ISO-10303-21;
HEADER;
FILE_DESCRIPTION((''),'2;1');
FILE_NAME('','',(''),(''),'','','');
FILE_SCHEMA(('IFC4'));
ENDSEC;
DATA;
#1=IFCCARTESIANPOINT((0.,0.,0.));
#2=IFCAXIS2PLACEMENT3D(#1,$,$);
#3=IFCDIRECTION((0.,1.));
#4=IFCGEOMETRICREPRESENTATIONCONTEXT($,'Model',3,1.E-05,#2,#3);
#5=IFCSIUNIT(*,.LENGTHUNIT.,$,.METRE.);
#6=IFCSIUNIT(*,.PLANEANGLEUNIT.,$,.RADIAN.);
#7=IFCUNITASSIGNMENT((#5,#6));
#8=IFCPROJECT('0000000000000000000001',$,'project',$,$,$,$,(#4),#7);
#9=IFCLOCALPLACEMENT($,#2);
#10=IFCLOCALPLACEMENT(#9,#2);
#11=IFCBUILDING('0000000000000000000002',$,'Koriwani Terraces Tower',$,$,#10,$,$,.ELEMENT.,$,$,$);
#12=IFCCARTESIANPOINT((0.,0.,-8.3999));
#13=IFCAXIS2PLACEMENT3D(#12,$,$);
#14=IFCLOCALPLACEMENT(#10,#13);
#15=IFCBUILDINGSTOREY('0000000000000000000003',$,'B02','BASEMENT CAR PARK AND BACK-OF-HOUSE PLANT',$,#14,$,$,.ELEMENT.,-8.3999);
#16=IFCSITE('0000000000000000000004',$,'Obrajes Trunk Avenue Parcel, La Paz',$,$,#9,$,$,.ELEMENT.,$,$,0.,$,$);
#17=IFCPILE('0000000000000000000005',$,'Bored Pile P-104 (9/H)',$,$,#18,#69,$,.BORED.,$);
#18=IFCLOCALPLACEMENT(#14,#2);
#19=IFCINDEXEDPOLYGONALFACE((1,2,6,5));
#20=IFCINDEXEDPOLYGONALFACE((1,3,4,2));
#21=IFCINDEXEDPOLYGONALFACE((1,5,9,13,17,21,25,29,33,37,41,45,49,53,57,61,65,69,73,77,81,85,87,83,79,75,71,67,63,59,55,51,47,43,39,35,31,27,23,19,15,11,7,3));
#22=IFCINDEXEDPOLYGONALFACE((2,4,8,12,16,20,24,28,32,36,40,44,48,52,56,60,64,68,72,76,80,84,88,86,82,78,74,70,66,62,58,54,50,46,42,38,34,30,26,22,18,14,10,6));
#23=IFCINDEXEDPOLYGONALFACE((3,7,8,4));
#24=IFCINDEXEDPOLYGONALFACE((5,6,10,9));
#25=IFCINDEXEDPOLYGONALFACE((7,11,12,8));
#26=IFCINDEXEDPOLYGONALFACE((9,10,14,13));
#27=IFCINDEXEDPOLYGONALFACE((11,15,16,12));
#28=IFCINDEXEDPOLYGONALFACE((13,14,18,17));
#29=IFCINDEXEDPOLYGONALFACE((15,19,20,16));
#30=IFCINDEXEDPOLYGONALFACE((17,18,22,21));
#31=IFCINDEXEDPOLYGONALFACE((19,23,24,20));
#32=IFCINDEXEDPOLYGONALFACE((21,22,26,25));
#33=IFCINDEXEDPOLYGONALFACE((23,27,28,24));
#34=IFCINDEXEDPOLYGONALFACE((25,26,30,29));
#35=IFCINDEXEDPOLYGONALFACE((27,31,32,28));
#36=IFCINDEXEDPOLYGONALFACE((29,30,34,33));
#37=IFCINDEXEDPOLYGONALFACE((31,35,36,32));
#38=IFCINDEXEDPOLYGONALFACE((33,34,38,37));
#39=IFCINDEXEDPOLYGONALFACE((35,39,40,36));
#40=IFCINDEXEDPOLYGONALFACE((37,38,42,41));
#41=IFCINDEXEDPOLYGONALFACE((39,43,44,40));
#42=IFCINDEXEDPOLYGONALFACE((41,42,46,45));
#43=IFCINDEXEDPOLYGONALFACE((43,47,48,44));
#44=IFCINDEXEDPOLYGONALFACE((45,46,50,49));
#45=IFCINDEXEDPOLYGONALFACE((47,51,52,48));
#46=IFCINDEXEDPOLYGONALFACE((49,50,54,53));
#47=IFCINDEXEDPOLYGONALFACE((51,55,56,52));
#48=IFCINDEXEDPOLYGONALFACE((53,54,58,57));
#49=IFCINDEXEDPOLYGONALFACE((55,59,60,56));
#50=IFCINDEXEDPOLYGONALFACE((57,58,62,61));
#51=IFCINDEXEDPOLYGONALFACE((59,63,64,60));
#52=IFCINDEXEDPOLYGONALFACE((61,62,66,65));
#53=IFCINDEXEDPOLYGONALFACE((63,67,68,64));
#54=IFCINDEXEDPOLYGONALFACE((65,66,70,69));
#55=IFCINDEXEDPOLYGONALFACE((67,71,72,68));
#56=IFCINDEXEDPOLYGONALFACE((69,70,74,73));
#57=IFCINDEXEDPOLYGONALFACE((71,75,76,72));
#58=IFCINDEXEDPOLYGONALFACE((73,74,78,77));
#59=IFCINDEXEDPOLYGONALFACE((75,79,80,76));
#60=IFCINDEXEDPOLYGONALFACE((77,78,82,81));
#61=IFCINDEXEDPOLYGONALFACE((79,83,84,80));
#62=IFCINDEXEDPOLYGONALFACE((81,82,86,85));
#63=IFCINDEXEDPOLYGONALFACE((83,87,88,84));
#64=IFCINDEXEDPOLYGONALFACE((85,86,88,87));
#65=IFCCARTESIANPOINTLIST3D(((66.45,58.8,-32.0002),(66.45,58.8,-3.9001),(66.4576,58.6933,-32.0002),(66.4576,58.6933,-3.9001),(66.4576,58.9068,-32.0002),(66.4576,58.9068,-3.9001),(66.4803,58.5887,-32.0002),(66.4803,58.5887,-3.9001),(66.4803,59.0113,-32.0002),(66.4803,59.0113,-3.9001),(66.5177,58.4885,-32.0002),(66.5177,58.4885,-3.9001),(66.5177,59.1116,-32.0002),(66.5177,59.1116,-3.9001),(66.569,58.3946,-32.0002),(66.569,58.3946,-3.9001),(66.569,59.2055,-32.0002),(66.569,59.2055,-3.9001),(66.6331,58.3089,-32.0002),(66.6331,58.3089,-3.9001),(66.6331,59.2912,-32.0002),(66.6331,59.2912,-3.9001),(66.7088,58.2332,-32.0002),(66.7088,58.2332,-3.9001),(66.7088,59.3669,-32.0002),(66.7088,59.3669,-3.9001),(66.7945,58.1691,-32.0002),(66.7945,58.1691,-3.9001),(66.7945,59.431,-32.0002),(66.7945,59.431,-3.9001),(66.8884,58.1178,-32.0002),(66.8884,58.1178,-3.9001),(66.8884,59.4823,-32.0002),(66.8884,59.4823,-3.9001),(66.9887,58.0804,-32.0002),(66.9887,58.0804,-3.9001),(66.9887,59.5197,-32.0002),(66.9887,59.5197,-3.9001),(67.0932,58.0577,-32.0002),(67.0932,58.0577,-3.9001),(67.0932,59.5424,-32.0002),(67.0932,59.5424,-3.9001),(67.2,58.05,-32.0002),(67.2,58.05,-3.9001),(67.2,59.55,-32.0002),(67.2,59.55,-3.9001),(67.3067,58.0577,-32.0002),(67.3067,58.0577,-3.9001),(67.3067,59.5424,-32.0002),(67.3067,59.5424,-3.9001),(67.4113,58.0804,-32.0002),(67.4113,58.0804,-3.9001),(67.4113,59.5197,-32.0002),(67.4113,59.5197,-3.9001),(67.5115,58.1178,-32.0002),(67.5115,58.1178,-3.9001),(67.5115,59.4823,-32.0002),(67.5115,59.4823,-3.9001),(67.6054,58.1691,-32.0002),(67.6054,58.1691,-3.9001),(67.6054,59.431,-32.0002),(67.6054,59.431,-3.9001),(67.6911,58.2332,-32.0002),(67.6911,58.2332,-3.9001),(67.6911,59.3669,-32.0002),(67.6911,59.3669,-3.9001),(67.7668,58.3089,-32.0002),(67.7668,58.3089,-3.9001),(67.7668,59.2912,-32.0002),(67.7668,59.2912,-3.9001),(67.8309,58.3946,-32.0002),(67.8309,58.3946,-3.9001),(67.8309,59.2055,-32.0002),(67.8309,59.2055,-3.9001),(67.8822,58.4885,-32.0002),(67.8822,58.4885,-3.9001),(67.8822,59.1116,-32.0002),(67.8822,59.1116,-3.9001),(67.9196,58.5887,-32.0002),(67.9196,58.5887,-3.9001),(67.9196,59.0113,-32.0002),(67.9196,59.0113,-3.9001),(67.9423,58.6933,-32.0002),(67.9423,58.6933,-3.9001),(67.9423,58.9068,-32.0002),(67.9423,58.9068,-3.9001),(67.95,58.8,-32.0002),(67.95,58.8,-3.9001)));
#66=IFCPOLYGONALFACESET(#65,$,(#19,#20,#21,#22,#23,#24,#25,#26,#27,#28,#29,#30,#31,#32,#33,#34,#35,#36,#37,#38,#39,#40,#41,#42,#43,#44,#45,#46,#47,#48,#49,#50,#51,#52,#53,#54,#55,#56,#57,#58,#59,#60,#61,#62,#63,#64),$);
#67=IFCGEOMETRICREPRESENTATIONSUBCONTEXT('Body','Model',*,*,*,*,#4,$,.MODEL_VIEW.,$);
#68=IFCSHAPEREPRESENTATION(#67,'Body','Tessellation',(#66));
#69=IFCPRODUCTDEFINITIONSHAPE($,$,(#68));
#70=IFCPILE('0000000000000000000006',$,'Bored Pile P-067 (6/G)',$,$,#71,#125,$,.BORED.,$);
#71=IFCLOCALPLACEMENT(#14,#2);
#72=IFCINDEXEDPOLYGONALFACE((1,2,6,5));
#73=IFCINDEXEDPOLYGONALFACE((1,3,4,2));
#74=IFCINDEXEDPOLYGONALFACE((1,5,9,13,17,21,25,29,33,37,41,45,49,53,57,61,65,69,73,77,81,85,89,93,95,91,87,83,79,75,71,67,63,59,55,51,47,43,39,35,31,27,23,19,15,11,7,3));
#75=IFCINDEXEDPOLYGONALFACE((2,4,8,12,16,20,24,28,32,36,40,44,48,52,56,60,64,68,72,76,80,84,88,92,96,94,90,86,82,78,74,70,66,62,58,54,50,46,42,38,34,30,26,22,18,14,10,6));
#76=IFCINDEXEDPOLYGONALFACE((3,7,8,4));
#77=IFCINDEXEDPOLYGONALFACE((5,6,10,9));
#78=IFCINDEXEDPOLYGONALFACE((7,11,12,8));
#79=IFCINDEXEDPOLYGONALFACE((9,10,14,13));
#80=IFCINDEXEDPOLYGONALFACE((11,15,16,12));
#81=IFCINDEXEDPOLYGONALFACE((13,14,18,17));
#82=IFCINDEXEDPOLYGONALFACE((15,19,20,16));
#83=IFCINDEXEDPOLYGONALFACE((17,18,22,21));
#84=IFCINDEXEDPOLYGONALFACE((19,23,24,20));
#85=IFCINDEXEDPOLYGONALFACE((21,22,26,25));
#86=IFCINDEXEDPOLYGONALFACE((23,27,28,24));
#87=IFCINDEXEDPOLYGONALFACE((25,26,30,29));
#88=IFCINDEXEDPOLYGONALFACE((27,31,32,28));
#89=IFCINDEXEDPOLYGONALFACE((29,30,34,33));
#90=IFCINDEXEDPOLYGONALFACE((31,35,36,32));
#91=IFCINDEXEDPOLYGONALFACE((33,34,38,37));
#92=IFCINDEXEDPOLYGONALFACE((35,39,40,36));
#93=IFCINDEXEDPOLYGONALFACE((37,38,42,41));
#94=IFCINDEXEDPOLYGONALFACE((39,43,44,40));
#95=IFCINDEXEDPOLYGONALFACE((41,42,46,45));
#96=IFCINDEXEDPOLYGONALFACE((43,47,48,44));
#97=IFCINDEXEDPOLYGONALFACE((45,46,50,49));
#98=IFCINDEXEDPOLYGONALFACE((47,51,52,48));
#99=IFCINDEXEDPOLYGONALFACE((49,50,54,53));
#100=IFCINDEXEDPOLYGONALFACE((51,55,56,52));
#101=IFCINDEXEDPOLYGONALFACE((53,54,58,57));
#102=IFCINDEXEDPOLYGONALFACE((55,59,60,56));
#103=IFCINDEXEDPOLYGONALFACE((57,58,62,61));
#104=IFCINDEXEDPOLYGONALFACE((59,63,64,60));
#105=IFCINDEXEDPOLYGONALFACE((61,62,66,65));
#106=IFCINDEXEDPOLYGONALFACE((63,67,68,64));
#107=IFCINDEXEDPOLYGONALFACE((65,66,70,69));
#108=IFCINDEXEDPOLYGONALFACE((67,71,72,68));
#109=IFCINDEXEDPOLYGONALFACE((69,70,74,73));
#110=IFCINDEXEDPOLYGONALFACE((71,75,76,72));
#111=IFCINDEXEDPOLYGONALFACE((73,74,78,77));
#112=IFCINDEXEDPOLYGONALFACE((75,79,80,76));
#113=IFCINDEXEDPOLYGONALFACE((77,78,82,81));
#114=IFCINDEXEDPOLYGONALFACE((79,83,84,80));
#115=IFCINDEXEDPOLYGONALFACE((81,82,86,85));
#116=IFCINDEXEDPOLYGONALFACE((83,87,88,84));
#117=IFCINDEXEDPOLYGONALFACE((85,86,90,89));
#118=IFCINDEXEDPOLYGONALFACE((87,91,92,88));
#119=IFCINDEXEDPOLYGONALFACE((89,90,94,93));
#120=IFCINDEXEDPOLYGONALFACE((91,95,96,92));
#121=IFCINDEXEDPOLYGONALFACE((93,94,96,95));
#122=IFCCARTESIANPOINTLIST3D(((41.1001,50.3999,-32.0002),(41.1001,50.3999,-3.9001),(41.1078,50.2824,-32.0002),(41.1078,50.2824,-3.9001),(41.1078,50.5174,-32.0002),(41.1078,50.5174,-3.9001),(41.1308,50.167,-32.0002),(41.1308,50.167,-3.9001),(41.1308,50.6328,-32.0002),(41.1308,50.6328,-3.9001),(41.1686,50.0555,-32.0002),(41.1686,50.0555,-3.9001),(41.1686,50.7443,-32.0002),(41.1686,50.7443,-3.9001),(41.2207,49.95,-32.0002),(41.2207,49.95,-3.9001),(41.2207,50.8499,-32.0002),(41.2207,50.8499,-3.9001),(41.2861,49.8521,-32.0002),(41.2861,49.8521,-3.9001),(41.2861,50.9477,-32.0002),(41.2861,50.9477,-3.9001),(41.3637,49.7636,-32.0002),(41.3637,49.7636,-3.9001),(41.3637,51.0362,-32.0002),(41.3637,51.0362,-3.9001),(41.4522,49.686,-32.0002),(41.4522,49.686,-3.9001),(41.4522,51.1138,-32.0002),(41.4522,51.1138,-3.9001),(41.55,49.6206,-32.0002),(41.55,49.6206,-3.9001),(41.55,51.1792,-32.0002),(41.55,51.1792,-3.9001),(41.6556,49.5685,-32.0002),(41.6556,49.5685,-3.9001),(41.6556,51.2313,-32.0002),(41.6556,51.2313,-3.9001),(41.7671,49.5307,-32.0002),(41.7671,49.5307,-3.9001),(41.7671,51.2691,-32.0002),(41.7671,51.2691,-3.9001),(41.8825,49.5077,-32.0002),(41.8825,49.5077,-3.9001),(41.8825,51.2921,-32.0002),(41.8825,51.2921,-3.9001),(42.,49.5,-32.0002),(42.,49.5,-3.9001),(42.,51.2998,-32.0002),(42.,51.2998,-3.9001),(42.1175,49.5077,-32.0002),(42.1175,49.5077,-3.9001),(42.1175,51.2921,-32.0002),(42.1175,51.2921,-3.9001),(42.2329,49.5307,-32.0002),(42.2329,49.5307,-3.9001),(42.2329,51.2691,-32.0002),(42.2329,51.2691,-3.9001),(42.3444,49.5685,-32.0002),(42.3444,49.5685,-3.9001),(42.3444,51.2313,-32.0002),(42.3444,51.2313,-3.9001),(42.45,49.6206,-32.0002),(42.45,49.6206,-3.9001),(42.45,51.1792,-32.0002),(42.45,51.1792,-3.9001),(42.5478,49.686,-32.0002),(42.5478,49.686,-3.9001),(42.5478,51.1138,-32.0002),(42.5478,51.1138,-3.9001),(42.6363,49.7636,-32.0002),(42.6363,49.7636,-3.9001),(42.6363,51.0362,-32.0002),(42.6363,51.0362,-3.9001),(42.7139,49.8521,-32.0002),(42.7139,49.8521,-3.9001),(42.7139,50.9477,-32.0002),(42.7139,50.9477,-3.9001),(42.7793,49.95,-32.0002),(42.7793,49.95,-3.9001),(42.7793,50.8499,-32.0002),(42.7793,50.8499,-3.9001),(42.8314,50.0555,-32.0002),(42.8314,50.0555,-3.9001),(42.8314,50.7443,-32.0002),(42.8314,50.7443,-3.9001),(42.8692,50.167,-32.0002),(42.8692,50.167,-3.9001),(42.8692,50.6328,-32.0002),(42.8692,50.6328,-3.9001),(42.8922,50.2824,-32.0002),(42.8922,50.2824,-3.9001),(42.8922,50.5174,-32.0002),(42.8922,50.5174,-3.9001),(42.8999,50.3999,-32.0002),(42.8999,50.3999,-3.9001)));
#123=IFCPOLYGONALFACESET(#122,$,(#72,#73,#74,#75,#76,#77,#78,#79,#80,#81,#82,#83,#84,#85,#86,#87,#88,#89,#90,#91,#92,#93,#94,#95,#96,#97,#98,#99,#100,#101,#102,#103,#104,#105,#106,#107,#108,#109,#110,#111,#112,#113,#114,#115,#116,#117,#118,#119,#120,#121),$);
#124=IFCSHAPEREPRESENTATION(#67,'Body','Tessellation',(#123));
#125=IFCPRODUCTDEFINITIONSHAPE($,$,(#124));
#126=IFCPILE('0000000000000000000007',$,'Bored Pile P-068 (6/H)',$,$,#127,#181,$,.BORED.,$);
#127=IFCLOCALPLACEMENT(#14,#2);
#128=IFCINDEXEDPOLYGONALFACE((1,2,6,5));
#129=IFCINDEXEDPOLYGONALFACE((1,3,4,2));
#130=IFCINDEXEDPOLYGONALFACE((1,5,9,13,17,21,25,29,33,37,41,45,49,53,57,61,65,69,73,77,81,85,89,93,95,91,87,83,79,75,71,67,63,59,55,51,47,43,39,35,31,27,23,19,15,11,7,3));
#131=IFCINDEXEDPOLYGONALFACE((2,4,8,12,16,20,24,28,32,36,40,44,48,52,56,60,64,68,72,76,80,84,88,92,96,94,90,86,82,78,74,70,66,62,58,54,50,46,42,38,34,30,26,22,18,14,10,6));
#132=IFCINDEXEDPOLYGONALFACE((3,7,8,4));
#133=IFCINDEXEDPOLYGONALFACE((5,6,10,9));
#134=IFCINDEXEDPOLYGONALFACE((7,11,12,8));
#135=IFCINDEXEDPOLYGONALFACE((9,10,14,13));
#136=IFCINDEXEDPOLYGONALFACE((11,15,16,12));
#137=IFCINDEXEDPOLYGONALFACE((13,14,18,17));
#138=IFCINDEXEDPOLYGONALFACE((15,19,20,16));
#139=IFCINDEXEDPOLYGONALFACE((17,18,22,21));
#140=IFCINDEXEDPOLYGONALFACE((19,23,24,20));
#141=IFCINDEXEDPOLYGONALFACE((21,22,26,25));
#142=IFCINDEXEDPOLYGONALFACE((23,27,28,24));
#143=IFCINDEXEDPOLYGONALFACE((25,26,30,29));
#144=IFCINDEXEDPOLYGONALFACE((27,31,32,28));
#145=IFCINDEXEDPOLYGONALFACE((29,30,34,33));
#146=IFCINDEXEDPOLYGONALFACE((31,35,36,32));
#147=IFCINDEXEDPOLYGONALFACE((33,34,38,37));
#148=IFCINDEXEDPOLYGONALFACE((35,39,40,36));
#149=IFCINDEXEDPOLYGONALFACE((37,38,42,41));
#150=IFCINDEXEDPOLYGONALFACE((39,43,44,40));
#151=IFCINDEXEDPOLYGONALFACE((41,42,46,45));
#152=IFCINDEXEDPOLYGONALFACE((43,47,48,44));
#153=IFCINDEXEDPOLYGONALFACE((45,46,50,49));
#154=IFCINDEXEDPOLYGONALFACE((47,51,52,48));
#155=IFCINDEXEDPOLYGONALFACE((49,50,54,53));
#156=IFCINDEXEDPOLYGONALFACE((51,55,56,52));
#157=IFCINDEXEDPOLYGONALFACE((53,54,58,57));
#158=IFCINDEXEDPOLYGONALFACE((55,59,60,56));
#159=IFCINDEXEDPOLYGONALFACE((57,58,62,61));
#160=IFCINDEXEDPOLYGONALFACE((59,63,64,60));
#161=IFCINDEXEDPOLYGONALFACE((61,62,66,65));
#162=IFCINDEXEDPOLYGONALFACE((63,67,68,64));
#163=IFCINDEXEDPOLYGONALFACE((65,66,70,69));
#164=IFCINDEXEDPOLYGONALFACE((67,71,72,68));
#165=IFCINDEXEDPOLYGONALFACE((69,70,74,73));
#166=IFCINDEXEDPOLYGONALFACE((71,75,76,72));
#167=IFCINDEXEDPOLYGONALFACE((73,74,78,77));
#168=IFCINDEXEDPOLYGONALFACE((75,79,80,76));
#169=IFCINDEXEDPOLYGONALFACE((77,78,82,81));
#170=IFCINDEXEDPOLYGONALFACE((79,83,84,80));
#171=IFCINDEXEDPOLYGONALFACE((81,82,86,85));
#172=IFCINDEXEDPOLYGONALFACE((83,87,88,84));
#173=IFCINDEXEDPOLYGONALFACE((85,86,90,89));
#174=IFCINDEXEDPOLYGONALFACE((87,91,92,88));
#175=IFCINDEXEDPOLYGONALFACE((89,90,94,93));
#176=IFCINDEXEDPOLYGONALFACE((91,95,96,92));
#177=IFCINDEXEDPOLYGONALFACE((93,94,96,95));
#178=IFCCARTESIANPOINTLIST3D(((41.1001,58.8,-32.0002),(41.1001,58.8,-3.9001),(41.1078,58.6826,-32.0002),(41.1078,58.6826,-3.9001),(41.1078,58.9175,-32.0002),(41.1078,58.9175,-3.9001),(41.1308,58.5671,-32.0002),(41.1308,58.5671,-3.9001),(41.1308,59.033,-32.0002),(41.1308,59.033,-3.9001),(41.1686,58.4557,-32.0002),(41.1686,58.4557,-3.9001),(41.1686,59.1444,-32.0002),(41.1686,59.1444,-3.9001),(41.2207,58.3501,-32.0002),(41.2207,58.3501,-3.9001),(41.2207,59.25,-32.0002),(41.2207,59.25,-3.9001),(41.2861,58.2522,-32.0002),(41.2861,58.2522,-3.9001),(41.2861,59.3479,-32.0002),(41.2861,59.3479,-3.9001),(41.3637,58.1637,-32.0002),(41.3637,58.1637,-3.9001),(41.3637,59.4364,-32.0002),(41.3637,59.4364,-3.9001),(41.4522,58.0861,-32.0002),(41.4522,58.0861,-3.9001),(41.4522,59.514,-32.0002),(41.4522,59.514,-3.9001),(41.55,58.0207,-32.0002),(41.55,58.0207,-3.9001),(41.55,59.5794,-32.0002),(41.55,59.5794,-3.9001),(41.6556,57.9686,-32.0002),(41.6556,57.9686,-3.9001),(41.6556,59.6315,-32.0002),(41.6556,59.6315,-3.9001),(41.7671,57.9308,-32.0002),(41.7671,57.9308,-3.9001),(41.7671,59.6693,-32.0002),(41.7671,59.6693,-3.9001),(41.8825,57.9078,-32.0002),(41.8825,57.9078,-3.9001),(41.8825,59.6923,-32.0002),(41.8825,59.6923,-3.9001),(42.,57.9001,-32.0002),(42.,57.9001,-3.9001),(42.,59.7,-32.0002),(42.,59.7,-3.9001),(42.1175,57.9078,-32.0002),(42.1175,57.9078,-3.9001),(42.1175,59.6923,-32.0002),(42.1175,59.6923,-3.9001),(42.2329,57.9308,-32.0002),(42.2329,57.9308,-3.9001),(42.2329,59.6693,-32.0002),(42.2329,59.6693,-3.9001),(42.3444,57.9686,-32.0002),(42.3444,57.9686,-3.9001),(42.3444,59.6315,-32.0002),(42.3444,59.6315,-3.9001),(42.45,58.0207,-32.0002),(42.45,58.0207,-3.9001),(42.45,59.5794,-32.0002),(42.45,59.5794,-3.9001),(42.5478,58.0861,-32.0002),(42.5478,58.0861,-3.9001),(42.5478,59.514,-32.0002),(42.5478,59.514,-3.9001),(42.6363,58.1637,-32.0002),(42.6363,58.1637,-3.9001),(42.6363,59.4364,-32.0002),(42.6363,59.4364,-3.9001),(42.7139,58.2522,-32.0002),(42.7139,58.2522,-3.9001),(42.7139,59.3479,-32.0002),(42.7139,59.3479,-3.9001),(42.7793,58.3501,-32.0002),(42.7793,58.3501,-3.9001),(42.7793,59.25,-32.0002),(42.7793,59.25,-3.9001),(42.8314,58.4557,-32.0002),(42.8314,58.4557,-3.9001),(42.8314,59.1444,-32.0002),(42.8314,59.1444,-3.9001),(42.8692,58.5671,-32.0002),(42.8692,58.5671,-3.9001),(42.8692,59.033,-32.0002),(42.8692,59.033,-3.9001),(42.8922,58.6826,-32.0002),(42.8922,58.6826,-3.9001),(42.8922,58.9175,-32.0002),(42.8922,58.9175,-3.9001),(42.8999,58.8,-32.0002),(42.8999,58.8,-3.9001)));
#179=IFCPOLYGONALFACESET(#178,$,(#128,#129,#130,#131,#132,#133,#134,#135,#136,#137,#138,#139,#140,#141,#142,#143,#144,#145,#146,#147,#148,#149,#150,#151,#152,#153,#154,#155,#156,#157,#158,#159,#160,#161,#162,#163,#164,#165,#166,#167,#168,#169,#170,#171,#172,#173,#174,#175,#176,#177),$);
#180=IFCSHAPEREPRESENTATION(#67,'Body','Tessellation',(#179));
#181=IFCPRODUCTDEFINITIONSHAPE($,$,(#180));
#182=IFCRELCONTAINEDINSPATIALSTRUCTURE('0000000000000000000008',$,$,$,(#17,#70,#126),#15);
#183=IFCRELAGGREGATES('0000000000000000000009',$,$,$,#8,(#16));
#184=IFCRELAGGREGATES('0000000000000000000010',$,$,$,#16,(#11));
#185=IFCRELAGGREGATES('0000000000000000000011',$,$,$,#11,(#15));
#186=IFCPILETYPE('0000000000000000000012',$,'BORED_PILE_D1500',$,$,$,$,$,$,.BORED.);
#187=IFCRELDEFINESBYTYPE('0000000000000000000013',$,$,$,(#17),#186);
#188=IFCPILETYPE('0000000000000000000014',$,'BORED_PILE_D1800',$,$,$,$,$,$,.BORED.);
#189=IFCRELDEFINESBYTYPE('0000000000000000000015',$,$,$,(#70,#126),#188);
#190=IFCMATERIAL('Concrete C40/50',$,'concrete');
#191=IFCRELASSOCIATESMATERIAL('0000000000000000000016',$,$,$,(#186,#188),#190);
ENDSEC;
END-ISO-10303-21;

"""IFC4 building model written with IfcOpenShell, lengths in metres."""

from ifc_helpers import new_model, si_unit, direction, frame, origin, origin_2d, place, context, subcontext, project, spatial, circle, extrude, material, material_profile, profile_set, type_object, element, save


model = new_model("IFC4")

# Units and contexts
model_context = context("Model", 3, precision=1e-05, world=origin(), true_north=direction((0.0, 1.0)))
body_context = subcontext(model_context, "Body", "Model", "MODEL_VIEW")
ifc_project = project(units=[si_unit("LENGTHUNIT", "METRE"), si_unit("PLANEANGLEUNIT", "RADIAN")], contexts=[model_context])

# Site, building, storey
site_placement = place(None, origin())
site = spatial("IfcSite", under=ifc_project, at=site_placement, Name="Obrajes Trunk Avenue Parcel, La Paz", CompositionType="ELEMENT", RefElevation=0.0)
building_placement = place(site_placement, origin())
building = spatial("IfcBuilding", under=site, at=building_placement, Name="Koriwani Terraces Tower", CompositionType="ELEMENT")
storey_placement = place(building_placement, frame((0.0, 0.0, -8.3999)))
storey = spatial("IfcBuildingStorey", under=building, at=storey_placement, Name="B02", Description="BASEMENT CAR PARK AND BACK-OF-HOUSE PLANT", CompositionType="ELEMENT", Elevation=-8.3999)

# Piles
ifc_material_1 = material(Name="Concrete C40/50", Category="concrete")
ifc_material_profile_1 = material_profile(ifc_material_1, circle(Radius=0.75, at=origin_2d()), Name="Concrete C40/50")
ifc_profile_set_1 = profile_set([ifc_material_profile_1], Name="Concrete C40/50")
pile_type_1 = type_object("IfcPileType", Name="BORED_PILE_D1500", PredefinedType="BORED", material=ifc_profile_set_1)
for number, where, z_axis, x_axis, name in (
    (1, (67.2, 58.8, -3.9001), (0.0, 0.0, -1.0), (1.0, 0.0, 0.0), "Bored Pile P-104 (9/H)"),
):
    element("IfcPile", number, at=place(storey_placement, frame(where, z_axis=z_axis, x_axis=x_axis)), inside=storey, type_object=pile_type_1, Name=name, PredefinedType="BORED", context=body_context, shape_type="SweptSolid", body=[
        extrude(circle(Radius=0.75, at=origin_2d()), origin(), (0.0, 0.0, 1.0), 28.1001),
    ])
ifc_material_profile_2 = material_profile(ifc_material_1, circle(Radius=0.8999, at=origin_2d()), Name="Concrete C40/50")
ifc_profile_set_2 = profile_set([ifc_material_profile_2], Name="Concrete C40/50")
pile_type_2 = type_object("IfcPileType", Name="BORED_PILE_D1800", PredefinedType="BORED", material=ifc_profile_set_2)
for number, where, z_axis, x_axis, name in (
    (2, (42.0, 50.3999, -3.9001), (0.0, 0.0, -1.0), (1.0, 0.0, 0.0), "Bored Pile P-067 (6/G)"),
    (3, (42.0, 58.8, -3.9001), (0.0, 0.0, -1.0), (1.0, 0.0, 0.0), "Bored Pile P-068 (6/H)"),
):
    element("IfcPile", number, at=place(storey_placement, frame(where, z_axis=z_axis, x_axis=x_axis)), inside=storey, type_object=pile_type_2, Name=name, PredefinedType="BORED", context=body_context, shape_type="SweptSolid", body=[
        extrude(circle(Radius=0.8999, at=origin_2d()), origin(), (0.0, 0.0, 1.0), 28.1001),
    ])

save(model, "model.ifc")
